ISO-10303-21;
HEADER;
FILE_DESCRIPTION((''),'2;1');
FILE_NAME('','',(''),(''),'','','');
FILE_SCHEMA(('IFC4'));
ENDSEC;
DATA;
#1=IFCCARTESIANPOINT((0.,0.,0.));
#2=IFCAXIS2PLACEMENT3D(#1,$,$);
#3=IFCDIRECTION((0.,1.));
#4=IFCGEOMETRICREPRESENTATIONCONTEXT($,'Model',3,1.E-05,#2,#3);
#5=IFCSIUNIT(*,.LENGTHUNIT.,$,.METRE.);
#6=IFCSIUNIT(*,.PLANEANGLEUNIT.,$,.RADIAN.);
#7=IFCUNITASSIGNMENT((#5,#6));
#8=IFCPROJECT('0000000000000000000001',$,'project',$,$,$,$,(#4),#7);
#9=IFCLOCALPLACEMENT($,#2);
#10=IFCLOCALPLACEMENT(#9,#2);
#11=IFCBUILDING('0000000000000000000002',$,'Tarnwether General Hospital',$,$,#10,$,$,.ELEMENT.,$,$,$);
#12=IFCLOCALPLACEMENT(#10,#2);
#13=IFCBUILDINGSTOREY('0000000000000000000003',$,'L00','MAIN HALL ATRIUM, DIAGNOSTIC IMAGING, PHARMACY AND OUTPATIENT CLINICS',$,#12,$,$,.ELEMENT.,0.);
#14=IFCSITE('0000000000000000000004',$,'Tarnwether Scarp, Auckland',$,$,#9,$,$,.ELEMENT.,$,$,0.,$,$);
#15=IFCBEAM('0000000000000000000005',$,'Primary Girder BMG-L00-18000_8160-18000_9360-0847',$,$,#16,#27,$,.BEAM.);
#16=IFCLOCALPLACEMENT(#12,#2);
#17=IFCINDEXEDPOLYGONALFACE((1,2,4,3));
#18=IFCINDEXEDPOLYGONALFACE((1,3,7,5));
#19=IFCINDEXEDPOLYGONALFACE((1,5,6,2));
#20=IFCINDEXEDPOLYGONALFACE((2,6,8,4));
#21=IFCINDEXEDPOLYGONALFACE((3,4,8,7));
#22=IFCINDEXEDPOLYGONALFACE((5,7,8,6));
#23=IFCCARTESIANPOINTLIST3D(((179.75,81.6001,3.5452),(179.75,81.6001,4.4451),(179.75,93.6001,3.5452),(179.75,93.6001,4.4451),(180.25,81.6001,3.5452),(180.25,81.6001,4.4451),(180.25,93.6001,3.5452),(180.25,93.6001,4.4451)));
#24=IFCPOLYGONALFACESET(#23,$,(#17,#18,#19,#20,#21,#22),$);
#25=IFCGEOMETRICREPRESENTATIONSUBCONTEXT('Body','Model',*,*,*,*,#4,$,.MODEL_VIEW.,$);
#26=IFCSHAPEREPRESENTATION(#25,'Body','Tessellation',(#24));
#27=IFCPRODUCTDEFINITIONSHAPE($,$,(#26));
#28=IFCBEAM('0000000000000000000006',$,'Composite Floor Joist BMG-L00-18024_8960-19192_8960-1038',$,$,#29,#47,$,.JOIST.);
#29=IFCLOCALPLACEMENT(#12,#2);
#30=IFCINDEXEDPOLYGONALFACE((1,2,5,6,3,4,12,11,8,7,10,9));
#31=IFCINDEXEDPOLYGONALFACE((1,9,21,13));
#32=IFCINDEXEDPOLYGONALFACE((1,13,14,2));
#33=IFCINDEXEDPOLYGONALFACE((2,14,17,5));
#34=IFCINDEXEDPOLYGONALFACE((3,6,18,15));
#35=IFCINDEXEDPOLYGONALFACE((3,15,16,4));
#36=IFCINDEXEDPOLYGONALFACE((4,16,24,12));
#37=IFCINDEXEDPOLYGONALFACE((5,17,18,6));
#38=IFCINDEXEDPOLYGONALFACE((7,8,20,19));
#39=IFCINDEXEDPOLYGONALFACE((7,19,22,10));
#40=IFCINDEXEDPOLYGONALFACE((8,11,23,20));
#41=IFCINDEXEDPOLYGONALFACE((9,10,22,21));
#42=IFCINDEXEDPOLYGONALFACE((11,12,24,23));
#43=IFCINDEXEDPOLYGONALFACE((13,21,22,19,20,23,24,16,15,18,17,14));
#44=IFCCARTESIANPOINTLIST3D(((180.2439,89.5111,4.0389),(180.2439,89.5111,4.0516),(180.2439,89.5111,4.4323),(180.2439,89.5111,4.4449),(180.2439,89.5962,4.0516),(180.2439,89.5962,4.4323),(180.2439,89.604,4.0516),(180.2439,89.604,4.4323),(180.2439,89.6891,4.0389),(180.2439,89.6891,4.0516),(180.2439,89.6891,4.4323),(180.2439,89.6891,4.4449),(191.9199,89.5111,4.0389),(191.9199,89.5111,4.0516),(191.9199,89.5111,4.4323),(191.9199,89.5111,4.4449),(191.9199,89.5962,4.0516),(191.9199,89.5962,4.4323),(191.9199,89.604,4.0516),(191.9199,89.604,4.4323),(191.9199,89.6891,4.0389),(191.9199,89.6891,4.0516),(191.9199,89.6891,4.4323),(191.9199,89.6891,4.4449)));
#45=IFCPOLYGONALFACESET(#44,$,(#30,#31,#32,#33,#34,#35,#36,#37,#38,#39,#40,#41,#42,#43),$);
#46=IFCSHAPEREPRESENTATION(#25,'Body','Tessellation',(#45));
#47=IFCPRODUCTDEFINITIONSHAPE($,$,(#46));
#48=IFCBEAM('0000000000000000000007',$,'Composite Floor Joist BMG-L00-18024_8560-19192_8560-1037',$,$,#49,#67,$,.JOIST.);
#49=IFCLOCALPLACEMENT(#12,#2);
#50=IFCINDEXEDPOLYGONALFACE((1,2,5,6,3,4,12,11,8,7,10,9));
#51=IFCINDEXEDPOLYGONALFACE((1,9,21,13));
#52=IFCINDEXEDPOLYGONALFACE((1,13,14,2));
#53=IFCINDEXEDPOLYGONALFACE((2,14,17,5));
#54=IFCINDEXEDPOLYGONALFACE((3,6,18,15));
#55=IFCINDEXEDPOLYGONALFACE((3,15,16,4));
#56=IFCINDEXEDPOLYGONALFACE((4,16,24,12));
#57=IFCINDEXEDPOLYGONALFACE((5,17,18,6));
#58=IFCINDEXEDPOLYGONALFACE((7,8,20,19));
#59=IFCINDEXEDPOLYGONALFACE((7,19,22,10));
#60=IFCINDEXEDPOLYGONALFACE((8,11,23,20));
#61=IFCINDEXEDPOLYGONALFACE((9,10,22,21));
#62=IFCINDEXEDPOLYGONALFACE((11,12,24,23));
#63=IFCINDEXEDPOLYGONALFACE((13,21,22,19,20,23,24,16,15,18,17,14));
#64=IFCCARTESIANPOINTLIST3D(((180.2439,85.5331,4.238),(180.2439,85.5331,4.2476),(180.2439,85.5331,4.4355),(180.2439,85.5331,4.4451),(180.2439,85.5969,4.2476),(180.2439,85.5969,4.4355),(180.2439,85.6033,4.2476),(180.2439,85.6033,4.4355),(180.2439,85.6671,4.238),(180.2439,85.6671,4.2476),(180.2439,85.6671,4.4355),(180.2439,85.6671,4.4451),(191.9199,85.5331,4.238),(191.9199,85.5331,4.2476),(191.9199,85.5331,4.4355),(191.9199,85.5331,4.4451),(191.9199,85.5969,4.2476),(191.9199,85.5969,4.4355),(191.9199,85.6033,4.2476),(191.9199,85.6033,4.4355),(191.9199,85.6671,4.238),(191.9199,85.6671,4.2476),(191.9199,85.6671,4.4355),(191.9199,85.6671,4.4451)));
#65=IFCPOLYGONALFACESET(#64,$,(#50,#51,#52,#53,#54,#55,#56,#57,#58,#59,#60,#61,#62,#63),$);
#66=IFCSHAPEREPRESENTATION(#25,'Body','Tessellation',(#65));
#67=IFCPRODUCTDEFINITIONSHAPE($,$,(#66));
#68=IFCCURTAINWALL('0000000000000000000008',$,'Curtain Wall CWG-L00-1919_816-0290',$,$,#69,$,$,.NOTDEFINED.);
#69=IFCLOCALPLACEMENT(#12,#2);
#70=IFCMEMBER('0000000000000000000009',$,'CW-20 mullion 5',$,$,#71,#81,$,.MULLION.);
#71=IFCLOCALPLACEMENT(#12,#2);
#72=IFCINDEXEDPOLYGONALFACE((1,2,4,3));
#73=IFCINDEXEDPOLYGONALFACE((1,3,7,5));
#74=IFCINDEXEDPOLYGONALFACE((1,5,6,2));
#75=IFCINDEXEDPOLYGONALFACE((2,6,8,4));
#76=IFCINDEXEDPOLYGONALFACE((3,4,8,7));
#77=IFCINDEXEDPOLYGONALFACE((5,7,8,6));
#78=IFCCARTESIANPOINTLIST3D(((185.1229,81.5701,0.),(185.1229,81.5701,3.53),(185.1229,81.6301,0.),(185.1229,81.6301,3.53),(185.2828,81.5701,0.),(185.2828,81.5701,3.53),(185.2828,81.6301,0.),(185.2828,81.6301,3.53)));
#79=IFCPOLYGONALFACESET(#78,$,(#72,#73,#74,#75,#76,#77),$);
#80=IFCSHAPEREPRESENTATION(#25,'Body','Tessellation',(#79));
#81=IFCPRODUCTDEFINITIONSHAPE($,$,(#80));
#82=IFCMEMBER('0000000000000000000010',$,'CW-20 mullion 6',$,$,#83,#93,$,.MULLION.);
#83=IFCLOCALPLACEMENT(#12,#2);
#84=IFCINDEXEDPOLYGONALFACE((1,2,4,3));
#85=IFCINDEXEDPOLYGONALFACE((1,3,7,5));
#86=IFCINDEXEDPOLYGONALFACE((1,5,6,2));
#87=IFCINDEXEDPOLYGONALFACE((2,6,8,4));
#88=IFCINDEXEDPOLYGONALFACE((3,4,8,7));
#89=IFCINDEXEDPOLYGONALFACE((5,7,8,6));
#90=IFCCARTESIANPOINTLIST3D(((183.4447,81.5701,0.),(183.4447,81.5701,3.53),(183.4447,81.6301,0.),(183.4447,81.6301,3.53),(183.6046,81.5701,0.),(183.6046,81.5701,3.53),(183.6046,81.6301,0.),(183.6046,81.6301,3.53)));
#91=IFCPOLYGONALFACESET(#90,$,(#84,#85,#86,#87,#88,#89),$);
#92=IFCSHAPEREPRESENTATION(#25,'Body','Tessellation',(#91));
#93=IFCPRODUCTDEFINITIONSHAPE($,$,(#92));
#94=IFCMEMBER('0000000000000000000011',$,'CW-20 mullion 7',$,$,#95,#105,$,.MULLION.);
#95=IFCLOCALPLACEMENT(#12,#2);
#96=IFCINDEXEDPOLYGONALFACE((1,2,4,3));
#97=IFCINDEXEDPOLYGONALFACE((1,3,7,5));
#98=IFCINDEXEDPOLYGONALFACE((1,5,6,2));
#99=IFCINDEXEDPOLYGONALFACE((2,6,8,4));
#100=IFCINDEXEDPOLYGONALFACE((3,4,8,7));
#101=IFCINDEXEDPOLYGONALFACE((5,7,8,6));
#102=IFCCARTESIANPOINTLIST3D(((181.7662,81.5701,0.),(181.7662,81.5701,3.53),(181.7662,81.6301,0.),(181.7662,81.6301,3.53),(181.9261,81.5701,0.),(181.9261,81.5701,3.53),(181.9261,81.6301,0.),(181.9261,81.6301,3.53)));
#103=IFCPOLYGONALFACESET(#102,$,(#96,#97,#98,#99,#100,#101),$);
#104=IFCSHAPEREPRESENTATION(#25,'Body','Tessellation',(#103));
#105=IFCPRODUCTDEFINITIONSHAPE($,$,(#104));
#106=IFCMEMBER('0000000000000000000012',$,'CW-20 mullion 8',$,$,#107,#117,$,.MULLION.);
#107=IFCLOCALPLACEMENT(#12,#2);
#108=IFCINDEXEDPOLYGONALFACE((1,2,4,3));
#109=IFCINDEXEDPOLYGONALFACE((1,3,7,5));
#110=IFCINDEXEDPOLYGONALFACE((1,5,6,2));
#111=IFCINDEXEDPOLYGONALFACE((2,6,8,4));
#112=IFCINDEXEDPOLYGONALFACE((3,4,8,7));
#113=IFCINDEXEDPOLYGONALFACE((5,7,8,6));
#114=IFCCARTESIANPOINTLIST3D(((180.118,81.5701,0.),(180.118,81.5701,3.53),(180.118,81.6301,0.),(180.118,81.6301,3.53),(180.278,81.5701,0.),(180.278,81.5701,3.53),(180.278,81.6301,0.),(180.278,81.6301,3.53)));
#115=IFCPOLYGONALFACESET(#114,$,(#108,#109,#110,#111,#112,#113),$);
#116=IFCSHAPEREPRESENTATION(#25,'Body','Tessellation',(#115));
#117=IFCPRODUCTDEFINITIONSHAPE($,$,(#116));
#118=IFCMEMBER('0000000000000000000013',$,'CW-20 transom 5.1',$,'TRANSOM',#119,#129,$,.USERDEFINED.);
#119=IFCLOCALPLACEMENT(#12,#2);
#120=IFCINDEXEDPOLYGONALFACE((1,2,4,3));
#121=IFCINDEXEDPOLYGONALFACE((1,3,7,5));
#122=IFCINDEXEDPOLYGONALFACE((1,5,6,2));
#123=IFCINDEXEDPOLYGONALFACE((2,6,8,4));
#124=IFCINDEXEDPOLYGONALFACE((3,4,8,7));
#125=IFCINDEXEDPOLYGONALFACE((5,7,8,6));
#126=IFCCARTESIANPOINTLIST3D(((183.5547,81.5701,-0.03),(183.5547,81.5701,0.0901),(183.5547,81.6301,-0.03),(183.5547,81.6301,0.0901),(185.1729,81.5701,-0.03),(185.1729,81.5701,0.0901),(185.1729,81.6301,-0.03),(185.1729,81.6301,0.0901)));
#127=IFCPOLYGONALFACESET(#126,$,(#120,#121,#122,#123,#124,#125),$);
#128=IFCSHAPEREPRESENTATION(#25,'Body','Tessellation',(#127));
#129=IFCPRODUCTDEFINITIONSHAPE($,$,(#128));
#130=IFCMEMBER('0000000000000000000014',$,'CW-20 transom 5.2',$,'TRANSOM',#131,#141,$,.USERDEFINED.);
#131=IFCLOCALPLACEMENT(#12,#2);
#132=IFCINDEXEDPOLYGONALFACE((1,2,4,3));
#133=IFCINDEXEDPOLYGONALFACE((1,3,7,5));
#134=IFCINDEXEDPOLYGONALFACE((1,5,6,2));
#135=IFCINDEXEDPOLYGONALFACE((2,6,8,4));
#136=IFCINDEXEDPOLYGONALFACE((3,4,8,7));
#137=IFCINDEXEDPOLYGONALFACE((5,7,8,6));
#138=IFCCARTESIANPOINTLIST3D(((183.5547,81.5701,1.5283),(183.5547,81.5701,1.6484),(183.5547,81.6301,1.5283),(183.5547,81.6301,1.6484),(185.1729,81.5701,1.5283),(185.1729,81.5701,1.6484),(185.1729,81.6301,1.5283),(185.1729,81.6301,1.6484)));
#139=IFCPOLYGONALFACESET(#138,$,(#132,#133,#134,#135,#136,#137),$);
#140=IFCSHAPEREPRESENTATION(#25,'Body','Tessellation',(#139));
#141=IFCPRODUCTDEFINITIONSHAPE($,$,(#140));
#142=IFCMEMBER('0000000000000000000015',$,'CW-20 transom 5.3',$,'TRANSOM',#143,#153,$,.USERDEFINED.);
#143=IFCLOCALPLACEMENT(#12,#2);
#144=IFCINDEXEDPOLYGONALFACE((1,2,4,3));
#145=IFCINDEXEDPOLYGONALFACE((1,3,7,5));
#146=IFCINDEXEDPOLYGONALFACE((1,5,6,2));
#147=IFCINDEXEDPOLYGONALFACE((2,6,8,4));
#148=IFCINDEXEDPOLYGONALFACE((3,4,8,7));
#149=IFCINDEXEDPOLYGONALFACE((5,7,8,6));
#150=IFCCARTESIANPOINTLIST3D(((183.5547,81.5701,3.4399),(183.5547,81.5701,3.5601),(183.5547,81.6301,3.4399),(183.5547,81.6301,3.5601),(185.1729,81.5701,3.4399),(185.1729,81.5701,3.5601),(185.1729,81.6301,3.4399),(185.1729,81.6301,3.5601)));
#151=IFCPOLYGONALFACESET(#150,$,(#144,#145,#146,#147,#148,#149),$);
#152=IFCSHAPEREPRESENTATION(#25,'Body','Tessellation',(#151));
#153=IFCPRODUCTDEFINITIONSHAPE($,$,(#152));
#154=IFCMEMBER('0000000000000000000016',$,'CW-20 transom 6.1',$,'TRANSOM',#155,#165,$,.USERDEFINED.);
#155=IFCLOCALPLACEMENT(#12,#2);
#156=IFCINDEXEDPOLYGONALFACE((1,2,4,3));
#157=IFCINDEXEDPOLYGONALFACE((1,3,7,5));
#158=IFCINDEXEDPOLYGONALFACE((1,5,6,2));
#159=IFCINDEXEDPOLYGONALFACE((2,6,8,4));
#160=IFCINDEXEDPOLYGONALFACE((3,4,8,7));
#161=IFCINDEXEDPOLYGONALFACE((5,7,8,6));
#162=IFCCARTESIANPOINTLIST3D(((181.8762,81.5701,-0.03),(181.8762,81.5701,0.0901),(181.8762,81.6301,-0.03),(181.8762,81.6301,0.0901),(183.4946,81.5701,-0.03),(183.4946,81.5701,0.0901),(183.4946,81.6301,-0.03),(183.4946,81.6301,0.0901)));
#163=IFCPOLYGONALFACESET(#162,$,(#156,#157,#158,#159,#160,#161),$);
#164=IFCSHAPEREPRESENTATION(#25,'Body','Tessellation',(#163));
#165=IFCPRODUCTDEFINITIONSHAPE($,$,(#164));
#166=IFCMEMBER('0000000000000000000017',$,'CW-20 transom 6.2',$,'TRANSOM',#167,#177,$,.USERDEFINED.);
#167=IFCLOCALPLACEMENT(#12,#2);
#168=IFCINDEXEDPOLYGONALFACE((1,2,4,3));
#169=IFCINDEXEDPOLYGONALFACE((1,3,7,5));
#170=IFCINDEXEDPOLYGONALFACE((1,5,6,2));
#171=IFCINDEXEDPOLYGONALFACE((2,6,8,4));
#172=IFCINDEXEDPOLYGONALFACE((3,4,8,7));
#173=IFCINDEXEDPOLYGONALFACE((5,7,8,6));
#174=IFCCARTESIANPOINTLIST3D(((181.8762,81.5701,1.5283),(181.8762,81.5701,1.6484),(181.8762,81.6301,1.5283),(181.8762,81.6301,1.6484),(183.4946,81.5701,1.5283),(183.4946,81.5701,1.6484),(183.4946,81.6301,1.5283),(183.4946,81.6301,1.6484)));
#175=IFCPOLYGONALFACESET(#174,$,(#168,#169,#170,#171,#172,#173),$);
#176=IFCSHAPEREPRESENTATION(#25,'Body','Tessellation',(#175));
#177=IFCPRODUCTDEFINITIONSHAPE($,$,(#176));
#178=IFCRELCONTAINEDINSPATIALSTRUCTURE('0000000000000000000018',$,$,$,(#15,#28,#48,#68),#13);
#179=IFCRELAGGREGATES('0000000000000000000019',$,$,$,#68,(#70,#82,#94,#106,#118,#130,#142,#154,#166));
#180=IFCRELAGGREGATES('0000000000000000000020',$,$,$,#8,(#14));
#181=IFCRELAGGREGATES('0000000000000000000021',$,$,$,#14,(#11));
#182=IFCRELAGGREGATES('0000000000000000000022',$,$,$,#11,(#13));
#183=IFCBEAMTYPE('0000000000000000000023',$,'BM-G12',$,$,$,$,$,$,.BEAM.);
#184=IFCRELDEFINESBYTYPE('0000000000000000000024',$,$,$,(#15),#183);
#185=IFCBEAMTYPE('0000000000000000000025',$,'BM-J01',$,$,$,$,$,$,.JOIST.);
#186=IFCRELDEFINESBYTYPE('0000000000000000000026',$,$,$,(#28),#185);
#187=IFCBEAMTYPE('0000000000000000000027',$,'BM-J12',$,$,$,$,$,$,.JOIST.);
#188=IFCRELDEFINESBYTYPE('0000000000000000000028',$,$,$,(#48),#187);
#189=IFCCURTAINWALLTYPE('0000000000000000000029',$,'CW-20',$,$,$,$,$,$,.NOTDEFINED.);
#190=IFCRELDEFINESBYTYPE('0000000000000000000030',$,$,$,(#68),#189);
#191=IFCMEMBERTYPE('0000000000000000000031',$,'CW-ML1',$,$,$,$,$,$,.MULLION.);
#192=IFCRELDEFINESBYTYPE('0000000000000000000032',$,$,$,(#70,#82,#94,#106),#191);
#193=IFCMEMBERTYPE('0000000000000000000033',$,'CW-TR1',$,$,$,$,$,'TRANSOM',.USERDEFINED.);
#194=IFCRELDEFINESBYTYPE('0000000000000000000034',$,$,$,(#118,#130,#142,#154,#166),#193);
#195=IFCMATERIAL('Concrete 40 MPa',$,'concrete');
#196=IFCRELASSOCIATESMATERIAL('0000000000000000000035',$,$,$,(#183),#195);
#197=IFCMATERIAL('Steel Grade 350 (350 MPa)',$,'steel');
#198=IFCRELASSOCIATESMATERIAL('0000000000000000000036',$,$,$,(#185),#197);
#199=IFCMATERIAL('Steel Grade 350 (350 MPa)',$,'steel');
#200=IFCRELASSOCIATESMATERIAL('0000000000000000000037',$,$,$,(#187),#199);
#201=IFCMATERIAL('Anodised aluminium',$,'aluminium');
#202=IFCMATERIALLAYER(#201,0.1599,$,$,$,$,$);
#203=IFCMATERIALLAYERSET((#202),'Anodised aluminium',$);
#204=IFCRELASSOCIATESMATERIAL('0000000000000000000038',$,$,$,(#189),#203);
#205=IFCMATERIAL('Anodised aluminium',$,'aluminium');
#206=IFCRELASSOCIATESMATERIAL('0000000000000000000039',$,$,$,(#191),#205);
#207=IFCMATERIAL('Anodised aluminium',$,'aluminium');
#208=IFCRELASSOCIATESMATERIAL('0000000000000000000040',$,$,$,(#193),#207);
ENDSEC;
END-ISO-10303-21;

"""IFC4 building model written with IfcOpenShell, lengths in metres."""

from ifc_helpers import new_model, si_unit, direction, frame, origin, origin_2d, place, context, subcontext, project, spatial, rectangle, i_section, extrude, material, layer, layer_set, material_profile, profile_set, type_object, element, aggregate, save


model = new_model("IFC4")

# Units and contexts
model_context = context("Model", 3, precision=1e-05, world=origin(), true_north=direction((0.0, 1.0)))
body_context = subcontext(model_context, "Body", "Model", "MODEL_VIEW")
ifc_project = project(units=[si_unit("LENGTHUNIT", "METRE"), si_unit("PLANEANGLEUNIT", "RADIAN")], contexts=[model_context])

# Site, building, storey
site_placement = place(None, origin())
site = spatial("IfcSite", under=ifc_project, at=site_placement, Name="Tarnwether Scarp, Auckland", CompositionType="ELEMENT", RefElevation=0.0)
building_placement = place(site_placement, origin())
building = spatial("IfcBuilding", under=site, at=building_placement, Name="Tarnwether General Hospital", CompositionType="ELEMENT")
storey_placement = place(building_placement, origin())
storey = spatial("IfcBuildingStorey", under=building, at=storey_placement, Name="L00", Description="MAIN HALL ATRIUM, DIAGNOSTIC IMAGING, PHARMACY AND OUTPATIENT CLINICS", CompositionType="ELEMENT", Elevation=0.0)

# Beams
ifc_material_1 = material(Name="Concrete 40 MPa", Category="concrete")
ifc_material_profile_1 = material_profile(ifc_material_1, rectangle(XDim=0.5, YDim=0.8999, at=origin_2d()), Name="RC-BM-500x900")
ifc_profile_set_1 = profile_set([ifc_material_profile_1], Name="Concrete 40 MPa")
beam_type_1 = type_object("IfcBeamType", Name="BM-G12", PredefinedType="BEAM", material=ifc_profile_set_1)
beam_1_placement = place(storey_placement, frame((180.0, 81.6001, 3.9951), z_axis=(0.0, 1.0, 0.0), x_axis=(-1.0, 0.0, 0.0)))
element("IfcBeam", 1, at=beam_1_placement, inside=storey, type_object=beam_type_1, Name="Primary Girder BMG-L00-18000_8160-18000_9360-0847", PredefinedType="BEAM", context=body_context, shape_type="SweptSolid", body=[
    extrude(rectangle(XDim=0.5, YDim=0.8999, at=origin_2d()), origin(), (0.0, 0.0, 1.0), 12.0),
])
ifc_material_2 = material(Name="Steel Grade 350 (350 MPa)", Category="steel")
ifc_material_profile_2 = material_profile(ifc_material_2, i_section(OverallWidth=0.178, OverallDepth=0.406, WebThickness=0.0078, FlangeThickness=0.0127, at=origin_2d()), Name="410UB59.7")
ifc_profile_set_2 = profile_set([ifc_material_profile_2], Name="Steel Grade 350 (350 MPa)")
beam_type_2 = type_object("IfcBeamType", Name="BM-J01", PredefinedType="JOIST", material=ifc_profile_set_2)
beam_2_placement = place(storey_placement, frame((180.2439, 89.6001, 4.2419), z_axis=(1.0, 0.0, 0.0), x_axis=(0.0, 1.0, 0.0)))
element("IfcBeam", 2, at=beam_2_placement, inside=storey, type_object=beam_type_2, Name="Composite Floor Joist BMG-L00-18024_8960-19192_8960-1038", PredefinedType="JOIST", context=body_context, shape_type="SweptSolid", body=[
    extrude(i_section(OverallWidth=0.178, OverallDepth=0.406, WebThickness=0.0078, FlangeThickness=0.0127, at=origin_2d()), origin(), (0.0, 0.0, 1.0), 11.676),
])
ifc_material_3 = material(Name="Steel Grade 350 (350 MPa)", Category="steel")
ifc_material_profile_3 = material_profile(ifc_material_3, i_section(OverallWidth=0.134, OverallDepth=0.207, WebThickness=0.0063, FlangeThickness=0.0095, at=origin_2d()), Name="200UB29.8")
ifc_profile_set_3 = profile_set([ifc_material_profile_3], Name="Steel Grade 350 (350 MPa)")
beam_type_3 = type_object("IfcBeamType", Name="BM-J12", PredefinedType="JOIST", material=ifc_profile_set_3)
beam_3_placement = place(storey_placement, frame((180.2439, 85.6001, 4.3416), z_axis=(1.0, 0.0, 0.0), x_axis=(0.0, 1.0, 0.0)))
element("IfcBeam", 3, at=beam_3_placement, inside=storey, type_object=beam_type_3, Name="Composite Floor Joist BMG-L00-18024_8560-19192_8560-1037", PredefinedType="JOIST", context=body_context, shape_type="SweptSolid", body=[
    extrude(i_section(OverallWidth=0.134, OverallDepth=0.207, WebThickness=0.0063, FlangeThickness=0.0095, at=origin_2d()), origin(), (0.0, 0.0, 1.0), 11.676),
])

# Curtain wall, members
ifc_material_4 = material(Name="Anodised aluminium", Category="aluminium")
ifc_layer_1 = layer(ifc_material_4, 0.1599)
ifc_layer_set_1 = layer_set([ifc_layer_1], Name="Anodised aluminium")
curtain_wall_type = type_object("IfcCurtainWallType", Name="CW-20", PredefinedType="NOTDEFINED", material=ifc_layer_set_1)
curtain_wall_placement = place(storey_placement, origin())
curtain_wall = element("IfcCurtainWall", 4, at=curtain_wall_placement, inside=storey, type_object=curtain_wall_type, Name="Curtain Wall CWG-L00-1919_816-0290", PredefinedType="NOTDEFINED")
ifc_material_5 = material(Name="Anodised aluminium", Category="aluminium")
ifc_material_profile_4 = material_profile(ifc_material_5, rectangle(XDim=0.0601, YDim=0.1599, at=origin_2d()), Name="ALU-MUL-60x160")
ifc_profile_set_4 = profile_set([ifc_material_profile_4], Name="Anodised aluminium")
member_type_1 = type_object("IfcMemberType", Name="CW-ML1", PredefinedType="MULLION", material=ifc_profile_set_4)
member_1_placement = place(storey_placement, frame((185.2029, 81.6001, 0.0), z_axis=(0.0, 0.0, 1.0), x_axis=(0.0, -1.0, 0.0)))
member_1 = element("IfcMember", 5, at=member_1_placement, type_object=member_type_1, Name="CW-20 mullion 5", PredefinedType="MULLION", context=body_context, shape_type="SweptSolid", body=[
    extrude(rectangle(XDim=0.0601, YDim=0.1599, at=origin_2d()), origin(), (0.0, 0.0, 1.0), 3.53),
])
member_2_placement = place(storey_placement, frame((183.5247, 81.6001, 0.0), z_axis=(0.0, 0.0, 1.0), x_axis=(0.0, -1.0, 0.0)))
member_2 = element("IfcMember", 6, at=member_2_placement, type_object=member_type_1, Name="CW-20 mullion 6", PredefinedType="MULLION", context=body_context, shape_type="SweptSolid", body=[
    extrude(rectangle(XDim=0.0601, YDim=0.1599, at=origin_2d()), origin(), (0.0, 0.0, 1.0), 3.53),
])
member_3_placement = place(storey_placement, frame((181.8462, 81.6001, 0.0), z_axis=(0.0, 0.0, 1.0), x_axis=(0.0, -1.0, 0.0)))
member_3 = element("IfcMember", 7, at=member_3_placement, type_object=member_type_1, Name="CW-20 mullion 7", PredefinedType="MULLION", context=body_context, shape_type="SweptSolid", body=[
    extrude(rectangle(XDim=0.0601, YDim=0.1599, at=origin_2d()), origin(), (0.0, 0.0, 1.0), 3.53),
])
member_4_placement = place(storey_placement, frame((180.198, 81.6001, 0.0), z_axis=(0.0, 0.0, 1.0), x_axis=(0.0, -1.0, 0.0)))
member_4 = element("IfcMember", 8, at=member_4_placement, type_object=member_type_1, Name="CW-20 mullion 8", PredefinedType="MULLION", context=body_context, shape_type="SweptSolid", body=[
    extrude(rectangle(XDim=0.0601, YDim=0.1599, at=origin_2d()), origin(), (0.0, 0.0, 1.0), 3.53),
])
ifc_material_6 = material(Name="Anodised aluminium", Category="aluminium")
ifc_material_profile_5 = material_profile(ifc_material_6, rectangle(XDim=0.0601, YDim=0.1201, at=origin_2d()), Name="ALU-TRN-60x120")
ifc_profile_set_5 = profile_set([ifc_material_profile_5], Name="Anodised aluminium")
member_type_2 = type_object("IfcMemberType", Name="CW-TR1", ElementType="TRANSOM", PredefinedType="USERDEFINED", material=ifc_profile_set_5)
member_5_placement = place(storey_placement, frame((185.1729, 81.6001, 0.03), z_axis=(-1.0, 0.0, 0.0), x_axis=(0.0, -1.0, 0.0)))
member_5 = element("IfcMember", 9, at=member_5_placement, type_object=member_type_2, Name="CW-20 transom 5.1", ObjectType="TRANSOM", PredefinedType="USERDEFINED", context=body_context, shape_type="SweptSolid", body=[
    extrude(rectangle(XDim=0.0601, YDim=0.1201, at=origin_2d()), origin(), (0.0, 0.0, 1.0), 1.6182),
])
member_6_placement = place(storey_placement, frame((185.1729, 81.6001, 1.5884), z_axis=(-1.0, 0.0, 0.0), x_axis=(0.0, -1.0, 0.0)))
member_6 = element("IfcMember", 10, at=member_6_placement, type_object=member_type_2, Name="CW-20 transom 5.2", ObjectType="TRANSOM", PredefinedType="USERDEFINED", context=body_context, shape_type="SweptSolid", body=[
    extrude(rectangle(XDim=0.0601, YDim=0.1201, at=origin_2d()), origin(), (0.0, 0.0, 1.0), 1.6182),
])
member_7_placement = place(storey_placement, frame((185.1729, 81.6001, 3.5), z_axis=(-1.0, 0.0, 0.0), x_axis=(0.0, -1.0, 0.0)))
member_7 = element("IfcMember", 11, at=member_7_placement, type_object=member_type_2, Name="CW-20 transom 5.3", ObjectType="TRANSOM", PredefinedType="USERDEFINED", context=body_context, shape_type="SweptSolid", body=[
    extrude(rectangle(XDim=0.0601, YDim=0.1201, at=origin_2d()), origin(), (0.0, 0.0, 1.0), 1.6182),
])
member_8_placement = place(storey_placement, frame((183.4946, 81.6001, 0.03), z_axis=(-1.0, 0.0, 0.0), x_axis=(0.0, -1.0, 0.0)))
member_8 = element("IfcMember", 12, at=member_8_placement, type_object=member_type_2, Name="CW-20 transom 6.1", ObjectType="TRANSOM", PredefinedType="USERDEFINED", context=body_context, shape_type="SweptSolid", body=[
    extrude(rectangle(XDim=0.0601, YDim=0.1201, at=origin_2d()), origin(), (0.0, 0.0, 1.0), 1.6184),
])
member_9_placement = place(storey_placement, frame((183.4946, 81.6001, 1.5884), z_axis=(-1.0, 0.0, 0.0), x_axis=(0.0, -1.0, 0.0)))
member_9 = element("IfcMember", 13, at=member_9_placement, type_object=member_type_2, Name="CW-20 transom 6.2", ObjectType="TRANSOM", PredefinedType="USERDEFINED", context=body_context, shape_type="SweptSolid", body=[
    extrude(rectangle(XDim=0.0601, YDim=0.1201, at=origin_2d()), origin(), (0.0, 0.0, 1.0), 1.6184),
])
aggregate(curtain_wall, [member_1, member_2, member_3, member_4, member_5, member_6, member_7, member_8, member_9])

save(model, "model.ifc")
